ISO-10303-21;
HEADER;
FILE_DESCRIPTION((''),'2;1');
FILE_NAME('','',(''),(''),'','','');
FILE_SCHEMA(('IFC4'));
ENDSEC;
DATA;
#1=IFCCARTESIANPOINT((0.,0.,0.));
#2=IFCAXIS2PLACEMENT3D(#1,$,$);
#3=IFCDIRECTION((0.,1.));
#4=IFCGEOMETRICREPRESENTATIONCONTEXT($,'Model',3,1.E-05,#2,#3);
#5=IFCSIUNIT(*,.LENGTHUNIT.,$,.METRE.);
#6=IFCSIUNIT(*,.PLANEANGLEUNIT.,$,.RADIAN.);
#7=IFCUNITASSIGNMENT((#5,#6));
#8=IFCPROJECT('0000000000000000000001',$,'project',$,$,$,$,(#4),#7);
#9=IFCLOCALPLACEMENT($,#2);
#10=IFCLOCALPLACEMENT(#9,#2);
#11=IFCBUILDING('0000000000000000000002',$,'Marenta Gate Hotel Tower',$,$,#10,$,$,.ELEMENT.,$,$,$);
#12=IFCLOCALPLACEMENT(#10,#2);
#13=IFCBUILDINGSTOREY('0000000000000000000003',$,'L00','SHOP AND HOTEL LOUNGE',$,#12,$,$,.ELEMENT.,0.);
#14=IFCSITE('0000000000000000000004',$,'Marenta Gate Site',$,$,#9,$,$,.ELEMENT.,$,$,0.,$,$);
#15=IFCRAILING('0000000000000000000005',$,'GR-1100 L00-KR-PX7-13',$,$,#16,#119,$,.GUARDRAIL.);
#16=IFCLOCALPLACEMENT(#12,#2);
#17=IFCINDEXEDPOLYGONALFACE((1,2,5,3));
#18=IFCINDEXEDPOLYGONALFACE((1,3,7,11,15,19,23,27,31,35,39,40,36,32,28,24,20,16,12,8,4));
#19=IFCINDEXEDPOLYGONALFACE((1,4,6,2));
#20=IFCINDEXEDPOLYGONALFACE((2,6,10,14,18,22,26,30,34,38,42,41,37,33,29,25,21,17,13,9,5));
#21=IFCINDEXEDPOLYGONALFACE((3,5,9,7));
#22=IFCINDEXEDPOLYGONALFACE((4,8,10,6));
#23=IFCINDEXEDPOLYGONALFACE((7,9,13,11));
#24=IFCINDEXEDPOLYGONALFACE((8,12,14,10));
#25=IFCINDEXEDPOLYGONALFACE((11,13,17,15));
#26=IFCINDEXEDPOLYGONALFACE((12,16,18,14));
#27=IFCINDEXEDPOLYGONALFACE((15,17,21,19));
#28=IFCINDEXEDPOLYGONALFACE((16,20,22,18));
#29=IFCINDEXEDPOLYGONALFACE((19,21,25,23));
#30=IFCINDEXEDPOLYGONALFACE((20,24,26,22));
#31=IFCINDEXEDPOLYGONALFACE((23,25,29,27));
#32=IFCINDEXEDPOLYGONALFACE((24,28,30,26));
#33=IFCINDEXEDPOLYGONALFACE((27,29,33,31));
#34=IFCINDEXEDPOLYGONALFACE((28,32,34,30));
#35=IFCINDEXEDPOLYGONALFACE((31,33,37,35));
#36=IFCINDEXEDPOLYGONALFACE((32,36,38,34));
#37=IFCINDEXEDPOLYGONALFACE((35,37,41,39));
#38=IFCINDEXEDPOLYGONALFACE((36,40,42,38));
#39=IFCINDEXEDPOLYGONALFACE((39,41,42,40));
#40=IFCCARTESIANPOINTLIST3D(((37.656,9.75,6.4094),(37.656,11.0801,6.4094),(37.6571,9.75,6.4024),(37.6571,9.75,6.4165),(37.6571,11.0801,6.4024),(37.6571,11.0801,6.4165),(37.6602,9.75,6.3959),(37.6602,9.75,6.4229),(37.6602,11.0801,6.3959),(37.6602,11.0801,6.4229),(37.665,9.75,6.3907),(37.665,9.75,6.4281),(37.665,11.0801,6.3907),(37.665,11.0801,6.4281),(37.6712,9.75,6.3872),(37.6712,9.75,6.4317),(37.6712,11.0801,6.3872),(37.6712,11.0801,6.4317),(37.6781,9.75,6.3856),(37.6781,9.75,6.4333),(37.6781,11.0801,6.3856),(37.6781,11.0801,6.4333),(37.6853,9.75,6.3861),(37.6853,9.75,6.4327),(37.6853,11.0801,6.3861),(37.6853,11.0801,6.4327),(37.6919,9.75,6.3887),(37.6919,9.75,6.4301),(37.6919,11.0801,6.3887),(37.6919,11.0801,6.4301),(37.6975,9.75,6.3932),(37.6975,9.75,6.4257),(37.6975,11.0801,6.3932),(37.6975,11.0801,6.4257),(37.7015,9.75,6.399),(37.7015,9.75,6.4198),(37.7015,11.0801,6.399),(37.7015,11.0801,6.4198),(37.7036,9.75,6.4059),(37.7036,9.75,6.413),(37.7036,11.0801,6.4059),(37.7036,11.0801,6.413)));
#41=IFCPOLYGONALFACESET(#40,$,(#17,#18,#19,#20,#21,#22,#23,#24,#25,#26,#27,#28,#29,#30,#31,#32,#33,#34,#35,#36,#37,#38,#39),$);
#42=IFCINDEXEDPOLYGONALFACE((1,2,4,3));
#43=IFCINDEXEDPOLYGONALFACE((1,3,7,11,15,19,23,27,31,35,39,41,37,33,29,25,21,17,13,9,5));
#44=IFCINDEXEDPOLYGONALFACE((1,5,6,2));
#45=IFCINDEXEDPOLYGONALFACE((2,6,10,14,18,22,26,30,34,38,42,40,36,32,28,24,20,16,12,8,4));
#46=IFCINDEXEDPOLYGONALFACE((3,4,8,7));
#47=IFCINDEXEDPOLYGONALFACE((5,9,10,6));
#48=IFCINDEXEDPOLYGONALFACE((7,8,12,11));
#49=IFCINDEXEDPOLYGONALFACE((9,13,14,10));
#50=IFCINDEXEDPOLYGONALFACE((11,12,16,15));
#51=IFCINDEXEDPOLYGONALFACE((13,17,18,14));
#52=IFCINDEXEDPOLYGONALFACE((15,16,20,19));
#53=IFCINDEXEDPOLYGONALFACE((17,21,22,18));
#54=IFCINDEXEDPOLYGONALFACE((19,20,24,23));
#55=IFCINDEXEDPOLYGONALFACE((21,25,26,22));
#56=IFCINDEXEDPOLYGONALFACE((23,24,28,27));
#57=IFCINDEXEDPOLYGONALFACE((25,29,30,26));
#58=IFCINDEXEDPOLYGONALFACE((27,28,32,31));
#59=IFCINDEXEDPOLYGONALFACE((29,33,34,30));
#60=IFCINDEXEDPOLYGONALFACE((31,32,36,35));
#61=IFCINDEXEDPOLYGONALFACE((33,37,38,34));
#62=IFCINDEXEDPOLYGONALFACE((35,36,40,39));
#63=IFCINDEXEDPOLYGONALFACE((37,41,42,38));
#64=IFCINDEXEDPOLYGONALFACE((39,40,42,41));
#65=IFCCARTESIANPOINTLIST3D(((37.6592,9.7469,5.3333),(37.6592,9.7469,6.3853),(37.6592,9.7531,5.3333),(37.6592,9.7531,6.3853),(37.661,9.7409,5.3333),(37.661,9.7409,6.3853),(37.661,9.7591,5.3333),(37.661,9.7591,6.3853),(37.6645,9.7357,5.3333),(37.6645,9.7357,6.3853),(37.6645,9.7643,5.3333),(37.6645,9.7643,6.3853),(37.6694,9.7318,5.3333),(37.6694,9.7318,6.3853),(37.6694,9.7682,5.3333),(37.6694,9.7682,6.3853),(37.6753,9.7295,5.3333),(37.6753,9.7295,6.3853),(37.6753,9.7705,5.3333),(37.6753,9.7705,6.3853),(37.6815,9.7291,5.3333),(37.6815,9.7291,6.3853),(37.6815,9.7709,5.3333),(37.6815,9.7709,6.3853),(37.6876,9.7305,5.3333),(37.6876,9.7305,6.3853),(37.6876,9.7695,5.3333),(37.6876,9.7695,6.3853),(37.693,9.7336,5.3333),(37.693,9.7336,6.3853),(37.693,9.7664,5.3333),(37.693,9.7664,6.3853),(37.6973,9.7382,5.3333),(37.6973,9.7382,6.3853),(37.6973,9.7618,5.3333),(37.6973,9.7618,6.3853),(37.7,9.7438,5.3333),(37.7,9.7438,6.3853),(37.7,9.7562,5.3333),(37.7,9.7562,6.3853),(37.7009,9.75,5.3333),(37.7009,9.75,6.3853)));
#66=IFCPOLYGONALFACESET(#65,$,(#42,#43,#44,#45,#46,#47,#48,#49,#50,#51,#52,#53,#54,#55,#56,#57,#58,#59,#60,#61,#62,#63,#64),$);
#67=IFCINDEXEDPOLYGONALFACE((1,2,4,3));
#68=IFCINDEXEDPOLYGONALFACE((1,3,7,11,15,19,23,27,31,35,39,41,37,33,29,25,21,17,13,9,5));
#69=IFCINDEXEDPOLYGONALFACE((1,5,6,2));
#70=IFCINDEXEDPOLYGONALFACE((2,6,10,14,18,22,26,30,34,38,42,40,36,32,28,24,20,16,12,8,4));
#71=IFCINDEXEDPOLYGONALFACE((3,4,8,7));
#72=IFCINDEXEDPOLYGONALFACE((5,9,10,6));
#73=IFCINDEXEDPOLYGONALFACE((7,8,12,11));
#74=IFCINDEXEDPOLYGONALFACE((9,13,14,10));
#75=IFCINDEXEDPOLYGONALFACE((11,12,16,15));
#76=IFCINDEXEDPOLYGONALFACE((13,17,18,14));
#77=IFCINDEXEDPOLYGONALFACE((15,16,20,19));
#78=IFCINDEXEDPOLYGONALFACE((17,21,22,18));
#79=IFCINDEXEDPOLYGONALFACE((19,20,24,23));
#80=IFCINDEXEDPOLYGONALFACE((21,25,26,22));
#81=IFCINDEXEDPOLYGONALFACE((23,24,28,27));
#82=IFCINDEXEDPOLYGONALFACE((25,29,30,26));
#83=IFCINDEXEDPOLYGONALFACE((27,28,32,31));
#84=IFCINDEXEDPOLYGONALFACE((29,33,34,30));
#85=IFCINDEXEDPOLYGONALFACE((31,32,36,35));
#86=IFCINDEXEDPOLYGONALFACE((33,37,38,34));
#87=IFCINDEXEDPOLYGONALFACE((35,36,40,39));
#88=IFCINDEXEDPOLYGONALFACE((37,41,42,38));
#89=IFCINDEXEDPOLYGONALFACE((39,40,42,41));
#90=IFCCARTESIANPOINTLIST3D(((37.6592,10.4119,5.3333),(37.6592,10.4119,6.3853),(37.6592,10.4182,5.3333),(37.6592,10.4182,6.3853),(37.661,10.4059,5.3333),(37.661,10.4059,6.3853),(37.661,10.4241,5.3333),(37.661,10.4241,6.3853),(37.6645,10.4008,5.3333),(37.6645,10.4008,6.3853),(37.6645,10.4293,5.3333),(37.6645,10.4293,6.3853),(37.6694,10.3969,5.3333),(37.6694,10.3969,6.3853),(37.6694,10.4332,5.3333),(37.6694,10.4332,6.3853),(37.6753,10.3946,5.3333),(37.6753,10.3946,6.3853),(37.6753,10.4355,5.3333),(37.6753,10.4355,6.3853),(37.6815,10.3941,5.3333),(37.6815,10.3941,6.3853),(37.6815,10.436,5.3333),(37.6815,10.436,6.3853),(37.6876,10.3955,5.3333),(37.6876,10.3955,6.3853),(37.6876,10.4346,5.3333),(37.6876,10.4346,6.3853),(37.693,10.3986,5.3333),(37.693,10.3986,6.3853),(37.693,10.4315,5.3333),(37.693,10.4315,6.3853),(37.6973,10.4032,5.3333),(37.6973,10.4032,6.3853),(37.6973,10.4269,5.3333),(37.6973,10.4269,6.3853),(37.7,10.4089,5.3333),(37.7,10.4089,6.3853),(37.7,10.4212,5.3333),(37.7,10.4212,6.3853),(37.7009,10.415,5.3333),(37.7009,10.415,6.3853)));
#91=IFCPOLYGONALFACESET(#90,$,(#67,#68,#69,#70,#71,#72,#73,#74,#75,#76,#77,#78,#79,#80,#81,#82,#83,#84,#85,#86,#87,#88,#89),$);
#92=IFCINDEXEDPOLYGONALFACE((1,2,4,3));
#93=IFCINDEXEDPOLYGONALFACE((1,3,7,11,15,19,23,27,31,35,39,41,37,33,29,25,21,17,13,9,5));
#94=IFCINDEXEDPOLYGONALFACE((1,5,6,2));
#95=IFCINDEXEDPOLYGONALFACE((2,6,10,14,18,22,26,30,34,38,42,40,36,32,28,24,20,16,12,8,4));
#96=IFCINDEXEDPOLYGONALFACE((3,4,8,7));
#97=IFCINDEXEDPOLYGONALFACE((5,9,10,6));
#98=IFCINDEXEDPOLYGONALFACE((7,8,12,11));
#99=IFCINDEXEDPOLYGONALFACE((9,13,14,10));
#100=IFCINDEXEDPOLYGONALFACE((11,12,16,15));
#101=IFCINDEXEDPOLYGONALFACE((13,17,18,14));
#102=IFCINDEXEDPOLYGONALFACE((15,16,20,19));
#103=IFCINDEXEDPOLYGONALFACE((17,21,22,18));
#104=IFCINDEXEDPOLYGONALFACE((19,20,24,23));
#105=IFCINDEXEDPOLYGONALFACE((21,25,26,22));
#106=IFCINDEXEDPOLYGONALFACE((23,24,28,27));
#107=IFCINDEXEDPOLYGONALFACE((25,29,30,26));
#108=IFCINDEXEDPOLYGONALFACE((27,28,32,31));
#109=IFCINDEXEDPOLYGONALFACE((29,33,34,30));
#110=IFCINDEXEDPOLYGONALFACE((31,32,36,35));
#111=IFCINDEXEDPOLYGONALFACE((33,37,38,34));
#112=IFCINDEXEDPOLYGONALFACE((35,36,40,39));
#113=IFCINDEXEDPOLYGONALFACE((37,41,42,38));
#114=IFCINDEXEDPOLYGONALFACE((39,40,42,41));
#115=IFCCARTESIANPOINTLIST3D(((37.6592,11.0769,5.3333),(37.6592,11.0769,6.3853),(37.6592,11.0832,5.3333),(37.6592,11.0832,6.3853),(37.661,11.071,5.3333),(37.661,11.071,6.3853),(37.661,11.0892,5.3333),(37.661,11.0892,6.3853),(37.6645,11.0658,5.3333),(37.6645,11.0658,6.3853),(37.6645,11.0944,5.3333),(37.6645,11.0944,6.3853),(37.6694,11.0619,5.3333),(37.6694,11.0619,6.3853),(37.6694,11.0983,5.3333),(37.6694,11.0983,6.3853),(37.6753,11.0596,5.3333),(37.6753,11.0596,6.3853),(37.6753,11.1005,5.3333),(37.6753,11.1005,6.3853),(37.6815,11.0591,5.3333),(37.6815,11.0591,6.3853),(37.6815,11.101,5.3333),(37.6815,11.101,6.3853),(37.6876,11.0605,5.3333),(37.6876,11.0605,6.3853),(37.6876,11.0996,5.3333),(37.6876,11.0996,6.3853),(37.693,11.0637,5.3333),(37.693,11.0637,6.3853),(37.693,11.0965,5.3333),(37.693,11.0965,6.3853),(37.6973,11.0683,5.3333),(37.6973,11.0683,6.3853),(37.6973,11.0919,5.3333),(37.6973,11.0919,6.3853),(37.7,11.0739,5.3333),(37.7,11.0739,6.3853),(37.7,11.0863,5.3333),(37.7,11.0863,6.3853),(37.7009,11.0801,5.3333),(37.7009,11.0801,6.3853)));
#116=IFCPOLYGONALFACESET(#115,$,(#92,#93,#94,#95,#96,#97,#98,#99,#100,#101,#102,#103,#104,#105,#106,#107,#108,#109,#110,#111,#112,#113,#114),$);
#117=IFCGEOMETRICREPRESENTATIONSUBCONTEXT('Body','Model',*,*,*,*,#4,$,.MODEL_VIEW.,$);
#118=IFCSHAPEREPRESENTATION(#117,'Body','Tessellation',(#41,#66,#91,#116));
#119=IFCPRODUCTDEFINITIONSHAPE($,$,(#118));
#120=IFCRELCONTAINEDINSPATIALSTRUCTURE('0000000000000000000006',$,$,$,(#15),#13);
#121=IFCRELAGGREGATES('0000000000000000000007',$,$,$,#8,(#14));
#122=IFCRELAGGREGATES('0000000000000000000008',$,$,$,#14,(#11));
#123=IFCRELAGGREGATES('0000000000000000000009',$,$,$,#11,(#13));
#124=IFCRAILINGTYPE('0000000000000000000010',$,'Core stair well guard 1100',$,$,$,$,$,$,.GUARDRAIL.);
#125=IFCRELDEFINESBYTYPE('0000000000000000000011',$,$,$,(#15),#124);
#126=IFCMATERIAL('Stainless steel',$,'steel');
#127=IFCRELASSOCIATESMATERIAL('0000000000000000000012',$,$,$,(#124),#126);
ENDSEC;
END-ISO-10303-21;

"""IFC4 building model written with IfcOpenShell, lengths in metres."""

from ifc_helpers import new_model, si_unit, direction, frame, origin, origin_2d, place, context, subcontext, project, spatial, circle, extrude, material, type_object, element, save


model = new_model("IFC4")

# Units and contexts
model_context = context("Model", 3, precision=1e-05, world=origin(), true_north=direction((0.0, 1.0)))
body_context = subcontext(model_context, "Body", "Model", "MODEL_VIEW")
ifc_project = project(units=[si_unit("LENGTHUNIT", "METRE"), si_unit("PLANEANGLEUNIT", "RADIAN")], contexts=[model_context])

# Site, building, storey
site_placement = place(None, origin())
site = spatial("IfcSite", under=ifc_project, at=site_placement, Name="Marenta Gate Site", CompositionType="ELEMENT", RefElevation=0.0)
building_placement = place(site_placement, origin())
building = spatial("IfcBuilding", under=site, at=building_placement, Name="Marenta Gate Hotel Tower", CompositionType="ELEMENT")
storey_placement = place(building_placement, origin())
storey = spatial("IfcBuildingStorey", under=building, at=storey_placement, Name="L00", Description="SHOP AND HOTEL LOUNGE", CompositionType="ELEMENT", Elevation=0.0)

# Railing
ifc_material_1 = material(Name="Stainless steel", Category="steel")
railing_type_1 = type_object("IfcRailingType", Name="Core stair well guard 1100", PredefinedType="GUARDRAIL", material=ifc_material_1)
railing_1_placement = place(storey_placement, frame((37.6799, 9.75, 5.3333)))
element("IfcRailing", 1, at=railing_1_placement, inside=storey, type_object=railing_type_1, Name="GR-1100 L00-KR-PX7-13", PredefinedType="GUARDRAIL", context=body_context, shape_type="SweptSolid", body=[
    extrude(circle(Radius=0.0239, at=origin_2d()), frame((0.0, 0.0, 1.0762), z_axis=(0.0, 1.0, 0.0), x_axis=(-1.0, 0.0, 0.0)), (0.0, 0.0, 1.0), 1.3301),
    extrude(circle(Radius=0.021, at=origin_2d()), origin(), (0.0, 0.0, 1.0), 1.052),
    extrude(circle(Radius=0.021, at=origin_2d()), frame((0.0, 0.665, 0.0)), (0.0, 0.0, 1.0), 1.052),
    extrude(circle(Radius=0.021, at=origin_2d()), frame((0.0, 1.3301, 0.0)), (0.0, 0.0, 1.0), 1.052),
])

save(model, "model.ifc")
